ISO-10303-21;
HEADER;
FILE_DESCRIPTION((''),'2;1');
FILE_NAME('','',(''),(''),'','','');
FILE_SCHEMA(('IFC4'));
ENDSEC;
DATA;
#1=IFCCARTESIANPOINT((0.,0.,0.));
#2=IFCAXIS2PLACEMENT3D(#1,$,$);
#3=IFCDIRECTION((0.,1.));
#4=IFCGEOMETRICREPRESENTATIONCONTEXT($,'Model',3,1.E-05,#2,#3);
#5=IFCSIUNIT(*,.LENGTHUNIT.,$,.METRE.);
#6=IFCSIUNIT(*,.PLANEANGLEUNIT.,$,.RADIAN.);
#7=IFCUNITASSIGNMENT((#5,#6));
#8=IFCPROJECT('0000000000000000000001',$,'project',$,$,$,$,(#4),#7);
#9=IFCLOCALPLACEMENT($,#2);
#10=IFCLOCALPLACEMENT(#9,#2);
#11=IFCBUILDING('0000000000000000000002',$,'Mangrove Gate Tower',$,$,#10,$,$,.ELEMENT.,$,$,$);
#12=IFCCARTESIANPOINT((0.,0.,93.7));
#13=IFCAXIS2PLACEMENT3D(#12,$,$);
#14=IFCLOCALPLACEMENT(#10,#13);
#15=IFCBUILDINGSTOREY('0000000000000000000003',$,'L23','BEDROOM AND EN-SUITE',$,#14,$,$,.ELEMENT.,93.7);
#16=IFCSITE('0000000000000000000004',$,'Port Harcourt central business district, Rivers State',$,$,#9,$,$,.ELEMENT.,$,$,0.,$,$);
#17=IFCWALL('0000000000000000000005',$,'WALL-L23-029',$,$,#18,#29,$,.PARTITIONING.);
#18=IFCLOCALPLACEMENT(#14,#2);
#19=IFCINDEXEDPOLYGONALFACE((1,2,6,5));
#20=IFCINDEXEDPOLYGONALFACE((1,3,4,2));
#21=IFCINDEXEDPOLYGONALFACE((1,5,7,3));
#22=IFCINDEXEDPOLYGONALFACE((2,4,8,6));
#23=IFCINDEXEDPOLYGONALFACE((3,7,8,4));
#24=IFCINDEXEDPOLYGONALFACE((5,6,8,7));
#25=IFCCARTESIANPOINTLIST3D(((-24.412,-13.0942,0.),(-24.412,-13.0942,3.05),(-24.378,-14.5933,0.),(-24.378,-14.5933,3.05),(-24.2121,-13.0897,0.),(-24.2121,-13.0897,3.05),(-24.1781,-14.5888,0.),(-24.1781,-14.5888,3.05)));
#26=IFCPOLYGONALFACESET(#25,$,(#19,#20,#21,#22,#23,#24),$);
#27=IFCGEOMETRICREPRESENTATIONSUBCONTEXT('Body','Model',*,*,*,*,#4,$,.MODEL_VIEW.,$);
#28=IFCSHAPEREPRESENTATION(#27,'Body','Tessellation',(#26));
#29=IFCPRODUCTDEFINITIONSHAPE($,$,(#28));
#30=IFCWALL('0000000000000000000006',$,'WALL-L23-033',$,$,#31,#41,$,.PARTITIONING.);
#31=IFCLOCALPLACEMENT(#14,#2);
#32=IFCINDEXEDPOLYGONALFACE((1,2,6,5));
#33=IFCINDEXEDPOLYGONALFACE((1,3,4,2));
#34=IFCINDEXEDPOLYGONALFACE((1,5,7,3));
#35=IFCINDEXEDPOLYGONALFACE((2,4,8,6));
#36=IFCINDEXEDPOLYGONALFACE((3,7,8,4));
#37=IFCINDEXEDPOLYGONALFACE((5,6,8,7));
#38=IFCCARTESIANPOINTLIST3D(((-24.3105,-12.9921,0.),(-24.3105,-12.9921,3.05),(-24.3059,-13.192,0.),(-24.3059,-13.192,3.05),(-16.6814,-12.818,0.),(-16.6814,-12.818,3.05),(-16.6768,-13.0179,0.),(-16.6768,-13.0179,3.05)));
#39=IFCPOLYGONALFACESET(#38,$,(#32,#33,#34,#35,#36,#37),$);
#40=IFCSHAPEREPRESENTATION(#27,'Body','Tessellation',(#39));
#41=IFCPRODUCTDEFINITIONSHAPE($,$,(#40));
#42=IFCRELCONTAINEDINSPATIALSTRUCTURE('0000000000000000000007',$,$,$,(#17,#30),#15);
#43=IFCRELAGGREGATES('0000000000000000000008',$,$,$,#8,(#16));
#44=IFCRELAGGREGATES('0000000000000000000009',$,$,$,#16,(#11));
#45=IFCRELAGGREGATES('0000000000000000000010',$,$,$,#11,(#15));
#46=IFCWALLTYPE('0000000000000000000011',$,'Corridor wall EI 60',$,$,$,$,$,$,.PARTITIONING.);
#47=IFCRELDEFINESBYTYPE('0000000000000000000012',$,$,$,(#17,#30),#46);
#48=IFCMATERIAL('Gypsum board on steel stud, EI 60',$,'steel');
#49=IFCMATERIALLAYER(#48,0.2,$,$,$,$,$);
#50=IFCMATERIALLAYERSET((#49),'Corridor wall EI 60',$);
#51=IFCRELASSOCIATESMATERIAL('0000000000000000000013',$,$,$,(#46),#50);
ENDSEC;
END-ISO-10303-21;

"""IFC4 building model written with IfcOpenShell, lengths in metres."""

from ifc_helpers import new_model, si_unit, direction, frame, frame_2d, origin, place, context, subcontext, project, spatial, rectangle, extrude, material, layer, layer_set, type_object, element, save


model = new_model("IFC4")

# Units and contexts
model_context = context("Model", 3, precision=1e-05, world=origin(), true_north=direction((0.0, 1.0)))
body_context = subcontext(model_context, "Body", "Model", "MODEL_VIEW")
ifc_project = project(units=[si_unit("LENGTHUNIT", "METRE"), si_unit("PLANEANGLEUNIT", "RADIAN")], contexts=[model_context])

# Site, building, storey
site_placement = place(None, origin())
site = spatial("IfcSite", under=ifc_project, at=site_placement, Name="Port Harcourt central business district, Rivers State", CompositionType="ELEMENT", RefElevation=0.0)
building_placement = place(site_placement, origin())
building = spatial("IfcBuilding", under=site, at=building_placement, Name="Mangrove Gate Tower", CompositionType="ELEMENT")
storey_placement = place(building_placement, frame((0.0, 0.0, 93.7)))
storey = spatial("IfcBuildingStorey", under=building, at=storey_placement, Name="L23", Description="BEDROOM AND EN-SUITE", CompositionType="ELEMENT", Elevation=93.7)

# Walls
ifc_material = material(Name="Gypsum board on steel stud, EI 60", Category="steel")
ifc_layer = layer(ifc_material, 0.2)
ifc_layer_set = layer_set([ifc_layer], Name="Corridor wall EI 60")
wall_type = type_object("IfcWallType", Name="Corridor wall EI 60", PredefinedType="PARTITIONING", material=ifc_layer_set)
wall_1_placement = place(storey_placement, frame((-24.2781, -14.5911, 0.0), z_axis=(0.0, 0.0, 1.0), x_axis=(-0.022633, 0.999744, 0.0)))
element("IfcWall", 1, at=wall_1_placement, inside=storey, type_object=wall_type, Name="WALL-L23-029", PredefinedType="PARTITIONING", context=body_context, shape_type="SweptSolid", body=[
    extrude(rectangle(XDim=1.4995, YDim=0.2, at=frame_2d((0.7498, 0.0))), origin(), (0.0, 0.0, 1.0), 3.05),
])
wall_2_placement = place(storey_placement, frame((-24.3081, -13.092, 0.0), z_axis=(0.0, 0.0, 1.0), x_axis=(0.99974, 0.022811, 0.0)))
element("IfcWall", 2, at=wall_2_placement, inside=storey, type_object=wall_type, Name="WALL-L23-033", PredefinedType="PARTITIONING", context=body_context, shape_type="SweptSolid", body=[
    extrude(rectangle(XDim=7.6311, YDim=0.2, at=frame_2d((3.8154, 0.0))), origin(), (0.0, 0.0, 1.0), 3.05),
])

save(model, "model.ifc")
